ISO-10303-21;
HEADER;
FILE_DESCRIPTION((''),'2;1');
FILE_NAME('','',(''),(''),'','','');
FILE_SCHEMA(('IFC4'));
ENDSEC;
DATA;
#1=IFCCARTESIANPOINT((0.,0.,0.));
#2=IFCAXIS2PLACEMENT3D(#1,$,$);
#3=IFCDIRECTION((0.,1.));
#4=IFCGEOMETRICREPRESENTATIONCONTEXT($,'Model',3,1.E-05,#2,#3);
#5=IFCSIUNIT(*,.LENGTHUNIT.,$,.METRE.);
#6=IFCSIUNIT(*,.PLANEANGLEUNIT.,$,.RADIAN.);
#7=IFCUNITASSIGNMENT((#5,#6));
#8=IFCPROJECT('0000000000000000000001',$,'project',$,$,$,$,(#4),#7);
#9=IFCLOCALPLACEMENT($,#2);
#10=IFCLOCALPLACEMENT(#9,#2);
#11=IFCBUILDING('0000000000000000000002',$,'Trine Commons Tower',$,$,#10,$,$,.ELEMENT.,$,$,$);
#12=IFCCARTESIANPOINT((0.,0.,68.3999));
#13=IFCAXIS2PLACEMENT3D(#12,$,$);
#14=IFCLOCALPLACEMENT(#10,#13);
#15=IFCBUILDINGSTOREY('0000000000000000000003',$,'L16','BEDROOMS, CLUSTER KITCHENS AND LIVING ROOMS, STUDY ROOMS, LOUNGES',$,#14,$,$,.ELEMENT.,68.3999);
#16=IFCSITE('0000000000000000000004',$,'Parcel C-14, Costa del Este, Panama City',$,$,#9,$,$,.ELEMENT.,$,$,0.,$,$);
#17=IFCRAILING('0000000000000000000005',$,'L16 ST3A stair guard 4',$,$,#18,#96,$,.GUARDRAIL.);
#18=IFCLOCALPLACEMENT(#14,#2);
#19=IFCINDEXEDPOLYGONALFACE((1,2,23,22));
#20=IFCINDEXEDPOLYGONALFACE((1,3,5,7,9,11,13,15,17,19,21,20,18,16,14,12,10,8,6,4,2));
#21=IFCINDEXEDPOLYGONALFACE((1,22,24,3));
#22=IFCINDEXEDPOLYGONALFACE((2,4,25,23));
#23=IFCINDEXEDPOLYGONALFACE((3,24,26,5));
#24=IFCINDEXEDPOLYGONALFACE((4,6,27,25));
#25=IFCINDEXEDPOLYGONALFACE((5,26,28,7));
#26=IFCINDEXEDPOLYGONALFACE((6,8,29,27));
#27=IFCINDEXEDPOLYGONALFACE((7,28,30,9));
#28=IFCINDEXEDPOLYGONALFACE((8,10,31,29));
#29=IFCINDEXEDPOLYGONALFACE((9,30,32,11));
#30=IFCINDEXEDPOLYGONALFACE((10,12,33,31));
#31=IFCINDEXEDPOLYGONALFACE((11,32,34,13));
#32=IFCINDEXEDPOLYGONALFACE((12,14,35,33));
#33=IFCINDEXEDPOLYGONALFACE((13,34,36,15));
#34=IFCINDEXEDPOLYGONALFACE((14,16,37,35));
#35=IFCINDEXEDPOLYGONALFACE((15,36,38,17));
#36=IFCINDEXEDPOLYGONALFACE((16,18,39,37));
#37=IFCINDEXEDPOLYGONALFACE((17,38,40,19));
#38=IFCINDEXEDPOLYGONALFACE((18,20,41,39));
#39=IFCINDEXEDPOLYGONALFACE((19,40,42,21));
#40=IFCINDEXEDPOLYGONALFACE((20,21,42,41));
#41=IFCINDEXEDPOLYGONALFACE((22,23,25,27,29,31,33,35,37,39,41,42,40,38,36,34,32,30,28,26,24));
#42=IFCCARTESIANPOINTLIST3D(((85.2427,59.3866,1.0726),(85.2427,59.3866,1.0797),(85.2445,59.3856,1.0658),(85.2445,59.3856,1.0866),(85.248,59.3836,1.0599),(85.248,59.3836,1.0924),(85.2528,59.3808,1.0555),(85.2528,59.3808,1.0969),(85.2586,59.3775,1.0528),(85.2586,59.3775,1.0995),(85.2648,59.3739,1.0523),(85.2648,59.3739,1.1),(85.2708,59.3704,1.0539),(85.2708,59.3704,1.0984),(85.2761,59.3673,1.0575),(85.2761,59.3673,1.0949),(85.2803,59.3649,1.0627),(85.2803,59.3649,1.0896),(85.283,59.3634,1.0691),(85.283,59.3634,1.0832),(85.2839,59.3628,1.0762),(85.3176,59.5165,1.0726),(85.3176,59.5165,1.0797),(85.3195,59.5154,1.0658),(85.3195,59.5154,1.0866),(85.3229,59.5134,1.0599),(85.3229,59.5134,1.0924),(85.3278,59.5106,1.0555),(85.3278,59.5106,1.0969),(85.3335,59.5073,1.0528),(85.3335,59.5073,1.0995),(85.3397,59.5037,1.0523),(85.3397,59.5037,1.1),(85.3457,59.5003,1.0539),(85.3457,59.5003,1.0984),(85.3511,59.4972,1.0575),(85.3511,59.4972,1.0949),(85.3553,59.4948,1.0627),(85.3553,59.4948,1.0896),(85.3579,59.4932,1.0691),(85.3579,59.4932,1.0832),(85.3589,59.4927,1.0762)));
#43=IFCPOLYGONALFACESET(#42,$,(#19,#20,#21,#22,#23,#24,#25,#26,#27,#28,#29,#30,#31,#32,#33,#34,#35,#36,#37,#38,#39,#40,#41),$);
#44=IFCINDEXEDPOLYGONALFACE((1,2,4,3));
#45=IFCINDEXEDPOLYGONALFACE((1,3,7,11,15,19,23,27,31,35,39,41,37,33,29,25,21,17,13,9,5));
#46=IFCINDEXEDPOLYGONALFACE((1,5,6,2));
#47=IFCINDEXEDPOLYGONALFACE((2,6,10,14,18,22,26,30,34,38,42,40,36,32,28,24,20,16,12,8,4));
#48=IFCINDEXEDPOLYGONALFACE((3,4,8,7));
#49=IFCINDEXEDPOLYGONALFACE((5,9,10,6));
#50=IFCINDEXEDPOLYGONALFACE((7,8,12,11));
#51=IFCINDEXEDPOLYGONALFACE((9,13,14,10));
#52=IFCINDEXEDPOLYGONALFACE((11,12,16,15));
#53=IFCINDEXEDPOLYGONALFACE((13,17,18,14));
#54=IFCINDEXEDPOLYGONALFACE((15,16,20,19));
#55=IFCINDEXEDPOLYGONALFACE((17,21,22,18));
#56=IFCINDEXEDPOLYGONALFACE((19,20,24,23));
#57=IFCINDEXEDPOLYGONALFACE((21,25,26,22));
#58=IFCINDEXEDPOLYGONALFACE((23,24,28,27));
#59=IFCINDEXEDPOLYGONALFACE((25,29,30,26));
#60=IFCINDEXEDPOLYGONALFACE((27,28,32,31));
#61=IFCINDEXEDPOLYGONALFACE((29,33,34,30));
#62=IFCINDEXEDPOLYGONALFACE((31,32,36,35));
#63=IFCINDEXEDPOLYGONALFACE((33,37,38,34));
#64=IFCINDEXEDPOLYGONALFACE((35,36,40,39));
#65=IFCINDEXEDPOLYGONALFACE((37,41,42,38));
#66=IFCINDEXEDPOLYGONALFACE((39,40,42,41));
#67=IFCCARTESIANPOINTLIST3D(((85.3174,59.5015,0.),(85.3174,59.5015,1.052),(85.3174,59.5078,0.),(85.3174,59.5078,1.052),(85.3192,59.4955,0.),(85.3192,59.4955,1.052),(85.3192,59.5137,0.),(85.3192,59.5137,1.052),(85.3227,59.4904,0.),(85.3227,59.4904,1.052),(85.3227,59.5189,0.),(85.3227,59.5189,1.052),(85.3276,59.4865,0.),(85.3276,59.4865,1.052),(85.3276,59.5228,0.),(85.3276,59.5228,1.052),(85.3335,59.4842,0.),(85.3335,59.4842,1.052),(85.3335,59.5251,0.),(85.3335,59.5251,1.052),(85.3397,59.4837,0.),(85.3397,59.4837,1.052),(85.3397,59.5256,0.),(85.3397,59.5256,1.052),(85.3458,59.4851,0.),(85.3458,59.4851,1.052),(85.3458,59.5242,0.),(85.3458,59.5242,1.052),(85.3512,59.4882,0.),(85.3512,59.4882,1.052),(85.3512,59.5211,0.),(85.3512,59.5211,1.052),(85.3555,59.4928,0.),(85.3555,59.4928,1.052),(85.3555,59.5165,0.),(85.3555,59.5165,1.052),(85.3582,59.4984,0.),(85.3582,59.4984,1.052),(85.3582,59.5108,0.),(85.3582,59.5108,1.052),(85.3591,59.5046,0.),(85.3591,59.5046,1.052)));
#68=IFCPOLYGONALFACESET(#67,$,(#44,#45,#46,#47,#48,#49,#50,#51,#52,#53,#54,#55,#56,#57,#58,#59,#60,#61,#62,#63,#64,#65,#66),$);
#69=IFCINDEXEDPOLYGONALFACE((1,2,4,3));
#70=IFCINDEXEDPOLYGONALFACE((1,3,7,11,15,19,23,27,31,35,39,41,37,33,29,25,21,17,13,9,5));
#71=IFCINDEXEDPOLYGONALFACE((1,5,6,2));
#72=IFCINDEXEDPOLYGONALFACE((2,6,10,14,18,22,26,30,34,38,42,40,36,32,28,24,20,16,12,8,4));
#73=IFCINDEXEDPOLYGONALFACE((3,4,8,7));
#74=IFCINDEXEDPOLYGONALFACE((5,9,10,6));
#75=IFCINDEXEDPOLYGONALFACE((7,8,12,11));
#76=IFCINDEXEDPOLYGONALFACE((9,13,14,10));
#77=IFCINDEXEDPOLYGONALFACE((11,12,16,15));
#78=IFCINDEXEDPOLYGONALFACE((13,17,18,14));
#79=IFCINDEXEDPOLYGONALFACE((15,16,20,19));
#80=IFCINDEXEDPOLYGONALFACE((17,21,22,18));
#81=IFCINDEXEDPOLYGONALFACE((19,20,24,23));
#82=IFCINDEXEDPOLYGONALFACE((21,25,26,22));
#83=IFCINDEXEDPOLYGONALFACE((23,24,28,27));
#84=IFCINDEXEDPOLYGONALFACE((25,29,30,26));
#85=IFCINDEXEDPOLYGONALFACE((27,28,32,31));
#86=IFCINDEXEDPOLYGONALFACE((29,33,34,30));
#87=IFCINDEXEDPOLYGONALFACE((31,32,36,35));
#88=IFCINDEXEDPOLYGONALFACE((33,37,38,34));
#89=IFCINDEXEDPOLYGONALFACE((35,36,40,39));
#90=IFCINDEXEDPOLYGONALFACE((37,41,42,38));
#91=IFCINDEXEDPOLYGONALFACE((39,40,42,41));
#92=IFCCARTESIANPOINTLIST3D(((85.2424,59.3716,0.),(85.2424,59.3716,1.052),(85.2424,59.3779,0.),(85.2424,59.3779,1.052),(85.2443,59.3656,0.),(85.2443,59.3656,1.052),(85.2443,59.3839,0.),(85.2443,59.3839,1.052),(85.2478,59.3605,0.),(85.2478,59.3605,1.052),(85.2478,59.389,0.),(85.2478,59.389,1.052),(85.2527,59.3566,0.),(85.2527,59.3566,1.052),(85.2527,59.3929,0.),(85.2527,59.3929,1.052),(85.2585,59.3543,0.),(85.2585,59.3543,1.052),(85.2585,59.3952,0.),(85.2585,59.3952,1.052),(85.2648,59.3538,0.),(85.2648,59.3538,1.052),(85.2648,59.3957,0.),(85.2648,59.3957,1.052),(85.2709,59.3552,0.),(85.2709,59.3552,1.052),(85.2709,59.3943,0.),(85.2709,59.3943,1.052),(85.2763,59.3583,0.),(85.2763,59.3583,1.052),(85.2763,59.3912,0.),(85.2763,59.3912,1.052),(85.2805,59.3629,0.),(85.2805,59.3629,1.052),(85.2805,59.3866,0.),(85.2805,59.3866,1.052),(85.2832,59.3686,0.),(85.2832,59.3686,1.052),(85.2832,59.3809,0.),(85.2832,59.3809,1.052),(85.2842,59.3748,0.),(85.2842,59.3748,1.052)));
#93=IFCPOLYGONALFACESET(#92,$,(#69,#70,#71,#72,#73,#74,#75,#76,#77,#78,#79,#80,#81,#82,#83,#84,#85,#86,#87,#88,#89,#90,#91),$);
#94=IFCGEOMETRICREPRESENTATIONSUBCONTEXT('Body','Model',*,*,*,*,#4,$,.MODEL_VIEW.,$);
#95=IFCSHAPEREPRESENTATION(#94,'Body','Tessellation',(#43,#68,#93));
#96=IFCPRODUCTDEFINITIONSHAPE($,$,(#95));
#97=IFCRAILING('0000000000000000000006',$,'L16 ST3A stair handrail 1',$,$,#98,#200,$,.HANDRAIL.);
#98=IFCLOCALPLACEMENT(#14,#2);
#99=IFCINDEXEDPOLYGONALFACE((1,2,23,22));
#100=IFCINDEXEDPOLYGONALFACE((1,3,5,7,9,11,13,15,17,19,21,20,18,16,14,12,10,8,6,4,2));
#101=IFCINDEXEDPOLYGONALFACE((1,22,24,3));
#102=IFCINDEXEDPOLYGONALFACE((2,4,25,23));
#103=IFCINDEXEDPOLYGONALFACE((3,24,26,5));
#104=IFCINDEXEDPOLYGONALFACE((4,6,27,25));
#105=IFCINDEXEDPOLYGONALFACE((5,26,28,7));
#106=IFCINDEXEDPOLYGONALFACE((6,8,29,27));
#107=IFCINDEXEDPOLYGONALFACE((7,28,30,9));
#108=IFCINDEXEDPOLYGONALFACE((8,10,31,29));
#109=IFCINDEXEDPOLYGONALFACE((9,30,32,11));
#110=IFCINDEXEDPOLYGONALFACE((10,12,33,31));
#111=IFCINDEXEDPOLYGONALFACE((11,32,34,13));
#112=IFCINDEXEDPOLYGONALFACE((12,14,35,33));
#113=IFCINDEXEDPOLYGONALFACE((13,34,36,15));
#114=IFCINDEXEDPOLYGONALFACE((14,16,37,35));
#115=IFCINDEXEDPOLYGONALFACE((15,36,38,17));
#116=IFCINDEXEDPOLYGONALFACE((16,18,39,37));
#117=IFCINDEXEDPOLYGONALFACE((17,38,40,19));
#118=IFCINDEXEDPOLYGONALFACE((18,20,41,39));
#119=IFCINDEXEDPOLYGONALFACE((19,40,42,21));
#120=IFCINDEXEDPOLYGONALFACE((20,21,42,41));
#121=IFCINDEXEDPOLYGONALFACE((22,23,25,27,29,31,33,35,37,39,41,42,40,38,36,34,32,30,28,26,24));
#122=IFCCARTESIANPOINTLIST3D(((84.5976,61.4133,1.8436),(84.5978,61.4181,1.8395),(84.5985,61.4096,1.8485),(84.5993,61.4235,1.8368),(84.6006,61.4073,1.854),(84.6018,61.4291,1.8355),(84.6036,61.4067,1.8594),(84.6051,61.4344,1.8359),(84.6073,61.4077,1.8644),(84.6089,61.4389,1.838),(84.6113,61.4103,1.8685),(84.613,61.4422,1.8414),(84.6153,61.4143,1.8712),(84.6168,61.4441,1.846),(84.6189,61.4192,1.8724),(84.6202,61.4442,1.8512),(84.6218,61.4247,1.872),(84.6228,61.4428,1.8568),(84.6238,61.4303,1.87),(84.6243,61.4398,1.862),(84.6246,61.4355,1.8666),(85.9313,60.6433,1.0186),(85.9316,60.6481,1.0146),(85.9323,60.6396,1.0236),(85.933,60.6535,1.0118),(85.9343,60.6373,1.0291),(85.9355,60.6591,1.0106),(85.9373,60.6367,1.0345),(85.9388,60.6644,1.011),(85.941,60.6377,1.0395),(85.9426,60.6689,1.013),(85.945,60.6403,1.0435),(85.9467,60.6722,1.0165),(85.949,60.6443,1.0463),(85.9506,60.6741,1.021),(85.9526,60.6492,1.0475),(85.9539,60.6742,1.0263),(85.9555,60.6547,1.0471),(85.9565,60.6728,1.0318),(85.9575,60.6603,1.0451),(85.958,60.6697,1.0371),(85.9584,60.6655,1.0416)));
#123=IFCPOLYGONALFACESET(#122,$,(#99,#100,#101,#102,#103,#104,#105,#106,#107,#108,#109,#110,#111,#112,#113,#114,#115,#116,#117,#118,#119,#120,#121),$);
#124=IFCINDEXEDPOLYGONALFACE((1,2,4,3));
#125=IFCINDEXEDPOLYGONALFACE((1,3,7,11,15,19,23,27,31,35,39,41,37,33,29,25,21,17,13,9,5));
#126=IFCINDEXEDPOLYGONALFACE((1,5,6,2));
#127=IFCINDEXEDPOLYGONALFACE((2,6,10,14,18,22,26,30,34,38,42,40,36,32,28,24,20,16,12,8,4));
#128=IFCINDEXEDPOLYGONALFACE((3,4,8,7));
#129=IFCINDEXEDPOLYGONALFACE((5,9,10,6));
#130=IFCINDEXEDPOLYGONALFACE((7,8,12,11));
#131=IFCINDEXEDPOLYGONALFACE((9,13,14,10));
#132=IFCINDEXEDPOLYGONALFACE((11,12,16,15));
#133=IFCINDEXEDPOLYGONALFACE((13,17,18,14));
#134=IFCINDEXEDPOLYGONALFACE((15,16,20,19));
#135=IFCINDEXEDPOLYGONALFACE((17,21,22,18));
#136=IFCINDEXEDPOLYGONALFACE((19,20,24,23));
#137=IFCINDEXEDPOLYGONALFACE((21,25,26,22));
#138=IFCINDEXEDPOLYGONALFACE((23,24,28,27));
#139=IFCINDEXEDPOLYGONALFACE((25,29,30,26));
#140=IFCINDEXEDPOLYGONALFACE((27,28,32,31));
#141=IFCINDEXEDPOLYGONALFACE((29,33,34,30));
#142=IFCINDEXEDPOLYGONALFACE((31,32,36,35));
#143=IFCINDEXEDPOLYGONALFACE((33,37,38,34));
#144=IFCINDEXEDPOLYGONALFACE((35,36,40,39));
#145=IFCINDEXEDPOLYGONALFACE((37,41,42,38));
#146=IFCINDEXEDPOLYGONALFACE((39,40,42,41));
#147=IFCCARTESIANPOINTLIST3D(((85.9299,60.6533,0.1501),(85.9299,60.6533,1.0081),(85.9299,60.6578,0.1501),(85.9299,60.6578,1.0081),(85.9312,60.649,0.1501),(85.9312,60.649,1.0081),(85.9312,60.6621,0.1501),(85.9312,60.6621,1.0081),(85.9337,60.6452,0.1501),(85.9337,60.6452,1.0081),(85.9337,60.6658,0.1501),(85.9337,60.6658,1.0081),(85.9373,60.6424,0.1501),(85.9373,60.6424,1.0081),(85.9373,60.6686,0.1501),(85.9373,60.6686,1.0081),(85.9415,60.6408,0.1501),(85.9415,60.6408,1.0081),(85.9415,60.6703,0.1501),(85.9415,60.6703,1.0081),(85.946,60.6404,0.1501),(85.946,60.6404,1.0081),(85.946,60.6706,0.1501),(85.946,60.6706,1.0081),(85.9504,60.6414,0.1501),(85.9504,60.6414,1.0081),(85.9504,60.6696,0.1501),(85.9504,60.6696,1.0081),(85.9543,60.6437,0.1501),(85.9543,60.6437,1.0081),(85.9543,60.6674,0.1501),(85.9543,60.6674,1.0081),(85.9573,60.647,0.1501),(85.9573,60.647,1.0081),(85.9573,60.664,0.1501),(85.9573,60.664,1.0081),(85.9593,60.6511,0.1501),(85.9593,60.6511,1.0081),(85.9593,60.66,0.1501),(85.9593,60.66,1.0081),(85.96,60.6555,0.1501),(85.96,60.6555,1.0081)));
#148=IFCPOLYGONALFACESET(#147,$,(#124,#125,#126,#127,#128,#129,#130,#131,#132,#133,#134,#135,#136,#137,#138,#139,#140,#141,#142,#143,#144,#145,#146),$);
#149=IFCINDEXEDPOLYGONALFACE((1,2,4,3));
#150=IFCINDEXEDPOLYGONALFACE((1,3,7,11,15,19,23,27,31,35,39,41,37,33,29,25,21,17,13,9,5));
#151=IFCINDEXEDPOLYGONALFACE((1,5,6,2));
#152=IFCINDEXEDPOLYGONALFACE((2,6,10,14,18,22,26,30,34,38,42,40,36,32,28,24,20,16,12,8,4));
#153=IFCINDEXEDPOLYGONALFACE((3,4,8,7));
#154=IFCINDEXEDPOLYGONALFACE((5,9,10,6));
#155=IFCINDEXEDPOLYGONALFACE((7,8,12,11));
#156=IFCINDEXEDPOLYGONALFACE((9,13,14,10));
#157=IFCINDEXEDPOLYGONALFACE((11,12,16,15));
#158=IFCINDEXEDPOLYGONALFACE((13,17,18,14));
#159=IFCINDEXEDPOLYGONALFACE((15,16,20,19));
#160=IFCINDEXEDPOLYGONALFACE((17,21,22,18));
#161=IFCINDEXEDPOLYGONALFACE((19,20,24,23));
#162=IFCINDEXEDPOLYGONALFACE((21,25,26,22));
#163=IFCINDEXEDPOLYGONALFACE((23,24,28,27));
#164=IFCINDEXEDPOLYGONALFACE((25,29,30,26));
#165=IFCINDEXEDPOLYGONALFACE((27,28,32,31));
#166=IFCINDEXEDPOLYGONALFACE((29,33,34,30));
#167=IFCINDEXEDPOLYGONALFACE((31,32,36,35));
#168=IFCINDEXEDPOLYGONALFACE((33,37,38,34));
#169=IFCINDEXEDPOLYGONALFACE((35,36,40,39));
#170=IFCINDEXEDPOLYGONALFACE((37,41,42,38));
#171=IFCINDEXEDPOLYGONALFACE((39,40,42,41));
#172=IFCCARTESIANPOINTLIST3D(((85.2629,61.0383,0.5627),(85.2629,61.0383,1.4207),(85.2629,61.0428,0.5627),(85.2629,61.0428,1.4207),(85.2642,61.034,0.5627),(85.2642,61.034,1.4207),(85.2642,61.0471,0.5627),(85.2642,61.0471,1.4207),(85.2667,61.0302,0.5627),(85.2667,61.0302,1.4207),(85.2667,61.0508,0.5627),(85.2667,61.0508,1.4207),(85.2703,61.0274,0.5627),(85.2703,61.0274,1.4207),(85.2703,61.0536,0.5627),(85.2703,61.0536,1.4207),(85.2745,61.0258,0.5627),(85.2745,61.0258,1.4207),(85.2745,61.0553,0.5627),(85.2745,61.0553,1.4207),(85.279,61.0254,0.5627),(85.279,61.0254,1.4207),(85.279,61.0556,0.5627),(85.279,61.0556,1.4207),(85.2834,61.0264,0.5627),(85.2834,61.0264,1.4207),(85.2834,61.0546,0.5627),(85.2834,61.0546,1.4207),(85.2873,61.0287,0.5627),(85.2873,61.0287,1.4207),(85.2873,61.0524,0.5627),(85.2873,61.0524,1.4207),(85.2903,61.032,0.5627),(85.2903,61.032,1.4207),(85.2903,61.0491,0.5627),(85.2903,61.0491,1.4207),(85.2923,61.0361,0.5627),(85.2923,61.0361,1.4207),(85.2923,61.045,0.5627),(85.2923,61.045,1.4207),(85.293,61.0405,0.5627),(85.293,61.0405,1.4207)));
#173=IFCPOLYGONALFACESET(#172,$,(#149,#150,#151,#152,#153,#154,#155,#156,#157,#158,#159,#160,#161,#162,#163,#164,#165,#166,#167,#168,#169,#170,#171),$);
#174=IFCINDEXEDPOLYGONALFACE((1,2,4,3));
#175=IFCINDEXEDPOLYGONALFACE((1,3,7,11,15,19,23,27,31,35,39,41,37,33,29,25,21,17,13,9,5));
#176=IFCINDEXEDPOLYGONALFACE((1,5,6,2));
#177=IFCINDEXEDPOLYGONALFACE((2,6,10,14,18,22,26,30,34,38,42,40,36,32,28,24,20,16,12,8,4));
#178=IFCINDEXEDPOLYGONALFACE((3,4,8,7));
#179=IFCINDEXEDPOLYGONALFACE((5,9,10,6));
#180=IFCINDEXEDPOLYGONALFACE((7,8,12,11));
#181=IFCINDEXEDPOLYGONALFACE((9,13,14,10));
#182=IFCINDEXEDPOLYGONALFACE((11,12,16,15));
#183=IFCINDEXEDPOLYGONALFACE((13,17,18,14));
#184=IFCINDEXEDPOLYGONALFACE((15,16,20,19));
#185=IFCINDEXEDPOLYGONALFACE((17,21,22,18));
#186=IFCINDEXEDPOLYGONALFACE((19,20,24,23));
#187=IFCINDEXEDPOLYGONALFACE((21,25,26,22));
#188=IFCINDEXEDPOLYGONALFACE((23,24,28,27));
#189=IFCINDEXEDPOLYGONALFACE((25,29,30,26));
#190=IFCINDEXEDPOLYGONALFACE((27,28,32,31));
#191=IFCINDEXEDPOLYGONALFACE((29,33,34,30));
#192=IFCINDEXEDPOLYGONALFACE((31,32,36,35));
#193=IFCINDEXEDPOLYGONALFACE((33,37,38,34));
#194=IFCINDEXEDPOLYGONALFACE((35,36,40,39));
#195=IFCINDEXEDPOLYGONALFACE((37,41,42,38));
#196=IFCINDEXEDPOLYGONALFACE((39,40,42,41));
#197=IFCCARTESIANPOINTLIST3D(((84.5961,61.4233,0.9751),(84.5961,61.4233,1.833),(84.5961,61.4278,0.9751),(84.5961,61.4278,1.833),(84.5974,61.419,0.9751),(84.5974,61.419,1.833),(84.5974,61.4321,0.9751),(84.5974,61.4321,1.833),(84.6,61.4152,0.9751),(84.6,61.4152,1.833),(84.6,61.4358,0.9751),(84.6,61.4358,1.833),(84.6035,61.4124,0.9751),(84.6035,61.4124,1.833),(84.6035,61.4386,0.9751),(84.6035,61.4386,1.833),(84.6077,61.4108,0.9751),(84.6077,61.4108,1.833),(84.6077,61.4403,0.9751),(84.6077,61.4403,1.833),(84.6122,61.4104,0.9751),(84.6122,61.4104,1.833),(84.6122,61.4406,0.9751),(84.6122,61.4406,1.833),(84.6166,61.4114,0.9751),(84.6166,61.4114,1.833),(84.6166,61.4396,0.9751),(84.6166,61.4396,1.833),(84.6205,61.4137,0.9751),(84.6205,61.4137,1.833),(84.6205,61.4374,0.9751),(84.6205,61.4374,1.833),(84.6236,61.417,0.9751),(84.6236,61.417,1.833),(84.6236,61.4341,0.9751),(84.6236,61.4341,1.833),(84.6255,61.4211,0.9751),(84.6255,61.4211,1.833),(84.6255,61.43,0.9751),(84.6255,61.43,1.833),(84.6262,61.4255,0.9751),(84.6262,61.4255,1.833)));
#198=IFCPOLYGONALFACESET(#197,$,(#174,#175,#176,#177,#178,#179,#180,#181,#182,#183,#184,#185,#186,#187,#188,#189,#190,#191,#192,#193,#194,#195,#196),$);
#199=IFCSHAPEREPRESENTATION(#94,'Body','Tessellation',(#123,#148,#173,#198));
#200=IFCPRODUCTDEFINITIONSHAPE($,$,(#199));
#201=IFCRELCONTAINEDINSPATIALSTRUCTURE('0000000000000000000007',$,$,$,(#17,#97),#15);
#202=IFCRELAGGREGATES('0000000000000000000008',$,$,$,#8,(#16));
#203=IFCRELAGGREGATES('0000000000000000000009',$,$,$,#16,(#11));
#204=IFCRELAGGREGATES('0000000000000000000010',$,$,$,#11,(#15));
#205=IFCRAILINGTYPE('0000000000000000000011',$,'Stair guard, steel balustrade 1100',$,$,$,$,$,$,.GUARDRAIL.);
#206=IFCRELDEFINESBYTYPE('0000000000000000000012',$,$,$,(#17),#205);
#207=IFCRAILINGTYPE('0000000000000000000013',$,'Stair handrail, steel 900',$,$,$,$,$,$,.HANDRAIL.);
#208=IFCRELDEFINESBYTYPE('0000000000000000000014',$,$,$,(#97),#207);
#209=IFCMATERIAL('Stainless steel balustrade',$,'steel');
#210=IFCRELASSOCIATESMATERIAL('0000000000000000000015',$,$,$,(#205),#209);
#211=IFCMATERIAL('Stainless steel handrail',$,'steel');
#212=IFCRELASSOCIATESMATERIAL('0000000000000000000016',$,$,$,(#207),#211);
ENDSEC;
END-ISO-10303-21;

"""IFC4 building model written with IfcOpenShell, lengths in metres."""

from ifc_helpers import new_model, si_unit, direction, frame, origin, origin_2d, place, context, subcontext, project, spatial, circle, extrude, material, type_object, element, save


model = new_model("IFC4")

# Units and contexts
model_context = context("Model", 3, precision=1e-05, world=origin(), true_north=direction((0.0, 1.0)))
body_context = subcontext(model_context, "Body", "Model", "MODEL_VIEW")
ifc_project = project(units=[si_unit("LENGTHUNIT", "METRE"), si_unit("PLANEANGLEUNIT", "RADIAN")], contexts=[model_context])

# Site, building, storey
site_placement = place(None, origin())
site = spatial("IfcSite", under=ifc_project, at=site_placement, Name="Parcel C-14, Costa del Este, Panama City", CompositionType="ELEMENT", RefElevation=0.0)
building_placement = place(site_placement, origin())
building = spatial("IfcBuilding", under=site, at=building_placement, Name="Trine Commons Tower", CompositionType="ELEMENT")
storey_placement = place(building_placement, frame((0.0, 0.0, 68.3999)))
storey = spatial("IfcBuildingStorey", under=building, at=storey_placement, Name="L16", Description="BEDROOMS, CLUSTER KITCHENS AND LIVING ROOMS, STUDY ROOMS, LOUNGES", CompositionType="ELEMENT", Elevation=68.3999)

# Railings
ifc_material_1 = material(Name="Stainless steel balustrade", Category="steel")
railing_type_1 = type_object("IfcRailingType", Name="Stair guard, steel balustrade 1100", PredefinedType="GUARDRAIL", material=ifc_material_1)
railing_1_placement = place(storey_placement, frame((85.3381, 59.5046, 0.0)))
element("IfcRailing", 1, at=railing_1_placement, inside=storey, type_object=railing_type_1, Name="L16 ST3A stair guard 4", PredefinedType="GUARDRAIL", context=body_context, shape_type="SweptSolid", body=[
    extrude(circle(Radius=0.0239, at=origin_2d()), frame((0.0, 0.0, 1.0762), z_axis=(-0.499816, -0.866131, 0.0), x_axis=(0.866131, -0.499816, 0.0)), (0.0, 0.0, 1.0), 0.1499),
    extrude(circle(Radius=0.021, at=origin_2d()), origin(), (0.0, 0.0, 1.0), 1.052),
    extrude(circle(Radius=0.021, at=origin_2d()), frame((-0.075, -0.1299, 0.0)), (0.0, 0.0, 1.0), 1.052),
])
ifc_material_2 = material(Name="Stainless steel handrail", Category="steel")
railing_type_2 = type_object("IfcRailingType", Name="Stair handrail, steel 900", PredefinedType="HANDRAIL", material=ifc_material_2)
for number, where, name in (
    (2, (85.9448, 60.6555, 0.1501), "L16 ST3A stair handrail 1"),
):
    element("IfcRailing", number, at=place(storey_placement, frame(where)), inside=storey, type_object=railing_type_2, Name=name, PredefinedType="HANDRAIL", context=body_context, shape_type="SweptSolid", body=[
        extrude(circle(Radius=0.021, at=origin_2d()), frame((0.0, 0.0, 0.8789), z_axis=(-0.763405, 0.440743, 0.472185), x_axis=(-0.499992, -0.86603, 0.0)), (0.0, 0.0, 1.0), 1.7471),
        extrude(circle(Radius=0.0151, at=origin_2d()), origin(), (0.0, 0.0, 1.0), 0.8579),
        extrude(circle(Radius=0.0151, at=origin_2d()), frame((-0.667, 0.385, 0.4126)), (0.0, 0.0, 1.0), 0.8579),
        extrude(circle(Radius=0.0151, at=origin_2d()), frame((-1.3337, 0.77, 0.825)), (0.0, 0.0, 1.0), 0.8579),
    ])

save(model, "model.ifc")
